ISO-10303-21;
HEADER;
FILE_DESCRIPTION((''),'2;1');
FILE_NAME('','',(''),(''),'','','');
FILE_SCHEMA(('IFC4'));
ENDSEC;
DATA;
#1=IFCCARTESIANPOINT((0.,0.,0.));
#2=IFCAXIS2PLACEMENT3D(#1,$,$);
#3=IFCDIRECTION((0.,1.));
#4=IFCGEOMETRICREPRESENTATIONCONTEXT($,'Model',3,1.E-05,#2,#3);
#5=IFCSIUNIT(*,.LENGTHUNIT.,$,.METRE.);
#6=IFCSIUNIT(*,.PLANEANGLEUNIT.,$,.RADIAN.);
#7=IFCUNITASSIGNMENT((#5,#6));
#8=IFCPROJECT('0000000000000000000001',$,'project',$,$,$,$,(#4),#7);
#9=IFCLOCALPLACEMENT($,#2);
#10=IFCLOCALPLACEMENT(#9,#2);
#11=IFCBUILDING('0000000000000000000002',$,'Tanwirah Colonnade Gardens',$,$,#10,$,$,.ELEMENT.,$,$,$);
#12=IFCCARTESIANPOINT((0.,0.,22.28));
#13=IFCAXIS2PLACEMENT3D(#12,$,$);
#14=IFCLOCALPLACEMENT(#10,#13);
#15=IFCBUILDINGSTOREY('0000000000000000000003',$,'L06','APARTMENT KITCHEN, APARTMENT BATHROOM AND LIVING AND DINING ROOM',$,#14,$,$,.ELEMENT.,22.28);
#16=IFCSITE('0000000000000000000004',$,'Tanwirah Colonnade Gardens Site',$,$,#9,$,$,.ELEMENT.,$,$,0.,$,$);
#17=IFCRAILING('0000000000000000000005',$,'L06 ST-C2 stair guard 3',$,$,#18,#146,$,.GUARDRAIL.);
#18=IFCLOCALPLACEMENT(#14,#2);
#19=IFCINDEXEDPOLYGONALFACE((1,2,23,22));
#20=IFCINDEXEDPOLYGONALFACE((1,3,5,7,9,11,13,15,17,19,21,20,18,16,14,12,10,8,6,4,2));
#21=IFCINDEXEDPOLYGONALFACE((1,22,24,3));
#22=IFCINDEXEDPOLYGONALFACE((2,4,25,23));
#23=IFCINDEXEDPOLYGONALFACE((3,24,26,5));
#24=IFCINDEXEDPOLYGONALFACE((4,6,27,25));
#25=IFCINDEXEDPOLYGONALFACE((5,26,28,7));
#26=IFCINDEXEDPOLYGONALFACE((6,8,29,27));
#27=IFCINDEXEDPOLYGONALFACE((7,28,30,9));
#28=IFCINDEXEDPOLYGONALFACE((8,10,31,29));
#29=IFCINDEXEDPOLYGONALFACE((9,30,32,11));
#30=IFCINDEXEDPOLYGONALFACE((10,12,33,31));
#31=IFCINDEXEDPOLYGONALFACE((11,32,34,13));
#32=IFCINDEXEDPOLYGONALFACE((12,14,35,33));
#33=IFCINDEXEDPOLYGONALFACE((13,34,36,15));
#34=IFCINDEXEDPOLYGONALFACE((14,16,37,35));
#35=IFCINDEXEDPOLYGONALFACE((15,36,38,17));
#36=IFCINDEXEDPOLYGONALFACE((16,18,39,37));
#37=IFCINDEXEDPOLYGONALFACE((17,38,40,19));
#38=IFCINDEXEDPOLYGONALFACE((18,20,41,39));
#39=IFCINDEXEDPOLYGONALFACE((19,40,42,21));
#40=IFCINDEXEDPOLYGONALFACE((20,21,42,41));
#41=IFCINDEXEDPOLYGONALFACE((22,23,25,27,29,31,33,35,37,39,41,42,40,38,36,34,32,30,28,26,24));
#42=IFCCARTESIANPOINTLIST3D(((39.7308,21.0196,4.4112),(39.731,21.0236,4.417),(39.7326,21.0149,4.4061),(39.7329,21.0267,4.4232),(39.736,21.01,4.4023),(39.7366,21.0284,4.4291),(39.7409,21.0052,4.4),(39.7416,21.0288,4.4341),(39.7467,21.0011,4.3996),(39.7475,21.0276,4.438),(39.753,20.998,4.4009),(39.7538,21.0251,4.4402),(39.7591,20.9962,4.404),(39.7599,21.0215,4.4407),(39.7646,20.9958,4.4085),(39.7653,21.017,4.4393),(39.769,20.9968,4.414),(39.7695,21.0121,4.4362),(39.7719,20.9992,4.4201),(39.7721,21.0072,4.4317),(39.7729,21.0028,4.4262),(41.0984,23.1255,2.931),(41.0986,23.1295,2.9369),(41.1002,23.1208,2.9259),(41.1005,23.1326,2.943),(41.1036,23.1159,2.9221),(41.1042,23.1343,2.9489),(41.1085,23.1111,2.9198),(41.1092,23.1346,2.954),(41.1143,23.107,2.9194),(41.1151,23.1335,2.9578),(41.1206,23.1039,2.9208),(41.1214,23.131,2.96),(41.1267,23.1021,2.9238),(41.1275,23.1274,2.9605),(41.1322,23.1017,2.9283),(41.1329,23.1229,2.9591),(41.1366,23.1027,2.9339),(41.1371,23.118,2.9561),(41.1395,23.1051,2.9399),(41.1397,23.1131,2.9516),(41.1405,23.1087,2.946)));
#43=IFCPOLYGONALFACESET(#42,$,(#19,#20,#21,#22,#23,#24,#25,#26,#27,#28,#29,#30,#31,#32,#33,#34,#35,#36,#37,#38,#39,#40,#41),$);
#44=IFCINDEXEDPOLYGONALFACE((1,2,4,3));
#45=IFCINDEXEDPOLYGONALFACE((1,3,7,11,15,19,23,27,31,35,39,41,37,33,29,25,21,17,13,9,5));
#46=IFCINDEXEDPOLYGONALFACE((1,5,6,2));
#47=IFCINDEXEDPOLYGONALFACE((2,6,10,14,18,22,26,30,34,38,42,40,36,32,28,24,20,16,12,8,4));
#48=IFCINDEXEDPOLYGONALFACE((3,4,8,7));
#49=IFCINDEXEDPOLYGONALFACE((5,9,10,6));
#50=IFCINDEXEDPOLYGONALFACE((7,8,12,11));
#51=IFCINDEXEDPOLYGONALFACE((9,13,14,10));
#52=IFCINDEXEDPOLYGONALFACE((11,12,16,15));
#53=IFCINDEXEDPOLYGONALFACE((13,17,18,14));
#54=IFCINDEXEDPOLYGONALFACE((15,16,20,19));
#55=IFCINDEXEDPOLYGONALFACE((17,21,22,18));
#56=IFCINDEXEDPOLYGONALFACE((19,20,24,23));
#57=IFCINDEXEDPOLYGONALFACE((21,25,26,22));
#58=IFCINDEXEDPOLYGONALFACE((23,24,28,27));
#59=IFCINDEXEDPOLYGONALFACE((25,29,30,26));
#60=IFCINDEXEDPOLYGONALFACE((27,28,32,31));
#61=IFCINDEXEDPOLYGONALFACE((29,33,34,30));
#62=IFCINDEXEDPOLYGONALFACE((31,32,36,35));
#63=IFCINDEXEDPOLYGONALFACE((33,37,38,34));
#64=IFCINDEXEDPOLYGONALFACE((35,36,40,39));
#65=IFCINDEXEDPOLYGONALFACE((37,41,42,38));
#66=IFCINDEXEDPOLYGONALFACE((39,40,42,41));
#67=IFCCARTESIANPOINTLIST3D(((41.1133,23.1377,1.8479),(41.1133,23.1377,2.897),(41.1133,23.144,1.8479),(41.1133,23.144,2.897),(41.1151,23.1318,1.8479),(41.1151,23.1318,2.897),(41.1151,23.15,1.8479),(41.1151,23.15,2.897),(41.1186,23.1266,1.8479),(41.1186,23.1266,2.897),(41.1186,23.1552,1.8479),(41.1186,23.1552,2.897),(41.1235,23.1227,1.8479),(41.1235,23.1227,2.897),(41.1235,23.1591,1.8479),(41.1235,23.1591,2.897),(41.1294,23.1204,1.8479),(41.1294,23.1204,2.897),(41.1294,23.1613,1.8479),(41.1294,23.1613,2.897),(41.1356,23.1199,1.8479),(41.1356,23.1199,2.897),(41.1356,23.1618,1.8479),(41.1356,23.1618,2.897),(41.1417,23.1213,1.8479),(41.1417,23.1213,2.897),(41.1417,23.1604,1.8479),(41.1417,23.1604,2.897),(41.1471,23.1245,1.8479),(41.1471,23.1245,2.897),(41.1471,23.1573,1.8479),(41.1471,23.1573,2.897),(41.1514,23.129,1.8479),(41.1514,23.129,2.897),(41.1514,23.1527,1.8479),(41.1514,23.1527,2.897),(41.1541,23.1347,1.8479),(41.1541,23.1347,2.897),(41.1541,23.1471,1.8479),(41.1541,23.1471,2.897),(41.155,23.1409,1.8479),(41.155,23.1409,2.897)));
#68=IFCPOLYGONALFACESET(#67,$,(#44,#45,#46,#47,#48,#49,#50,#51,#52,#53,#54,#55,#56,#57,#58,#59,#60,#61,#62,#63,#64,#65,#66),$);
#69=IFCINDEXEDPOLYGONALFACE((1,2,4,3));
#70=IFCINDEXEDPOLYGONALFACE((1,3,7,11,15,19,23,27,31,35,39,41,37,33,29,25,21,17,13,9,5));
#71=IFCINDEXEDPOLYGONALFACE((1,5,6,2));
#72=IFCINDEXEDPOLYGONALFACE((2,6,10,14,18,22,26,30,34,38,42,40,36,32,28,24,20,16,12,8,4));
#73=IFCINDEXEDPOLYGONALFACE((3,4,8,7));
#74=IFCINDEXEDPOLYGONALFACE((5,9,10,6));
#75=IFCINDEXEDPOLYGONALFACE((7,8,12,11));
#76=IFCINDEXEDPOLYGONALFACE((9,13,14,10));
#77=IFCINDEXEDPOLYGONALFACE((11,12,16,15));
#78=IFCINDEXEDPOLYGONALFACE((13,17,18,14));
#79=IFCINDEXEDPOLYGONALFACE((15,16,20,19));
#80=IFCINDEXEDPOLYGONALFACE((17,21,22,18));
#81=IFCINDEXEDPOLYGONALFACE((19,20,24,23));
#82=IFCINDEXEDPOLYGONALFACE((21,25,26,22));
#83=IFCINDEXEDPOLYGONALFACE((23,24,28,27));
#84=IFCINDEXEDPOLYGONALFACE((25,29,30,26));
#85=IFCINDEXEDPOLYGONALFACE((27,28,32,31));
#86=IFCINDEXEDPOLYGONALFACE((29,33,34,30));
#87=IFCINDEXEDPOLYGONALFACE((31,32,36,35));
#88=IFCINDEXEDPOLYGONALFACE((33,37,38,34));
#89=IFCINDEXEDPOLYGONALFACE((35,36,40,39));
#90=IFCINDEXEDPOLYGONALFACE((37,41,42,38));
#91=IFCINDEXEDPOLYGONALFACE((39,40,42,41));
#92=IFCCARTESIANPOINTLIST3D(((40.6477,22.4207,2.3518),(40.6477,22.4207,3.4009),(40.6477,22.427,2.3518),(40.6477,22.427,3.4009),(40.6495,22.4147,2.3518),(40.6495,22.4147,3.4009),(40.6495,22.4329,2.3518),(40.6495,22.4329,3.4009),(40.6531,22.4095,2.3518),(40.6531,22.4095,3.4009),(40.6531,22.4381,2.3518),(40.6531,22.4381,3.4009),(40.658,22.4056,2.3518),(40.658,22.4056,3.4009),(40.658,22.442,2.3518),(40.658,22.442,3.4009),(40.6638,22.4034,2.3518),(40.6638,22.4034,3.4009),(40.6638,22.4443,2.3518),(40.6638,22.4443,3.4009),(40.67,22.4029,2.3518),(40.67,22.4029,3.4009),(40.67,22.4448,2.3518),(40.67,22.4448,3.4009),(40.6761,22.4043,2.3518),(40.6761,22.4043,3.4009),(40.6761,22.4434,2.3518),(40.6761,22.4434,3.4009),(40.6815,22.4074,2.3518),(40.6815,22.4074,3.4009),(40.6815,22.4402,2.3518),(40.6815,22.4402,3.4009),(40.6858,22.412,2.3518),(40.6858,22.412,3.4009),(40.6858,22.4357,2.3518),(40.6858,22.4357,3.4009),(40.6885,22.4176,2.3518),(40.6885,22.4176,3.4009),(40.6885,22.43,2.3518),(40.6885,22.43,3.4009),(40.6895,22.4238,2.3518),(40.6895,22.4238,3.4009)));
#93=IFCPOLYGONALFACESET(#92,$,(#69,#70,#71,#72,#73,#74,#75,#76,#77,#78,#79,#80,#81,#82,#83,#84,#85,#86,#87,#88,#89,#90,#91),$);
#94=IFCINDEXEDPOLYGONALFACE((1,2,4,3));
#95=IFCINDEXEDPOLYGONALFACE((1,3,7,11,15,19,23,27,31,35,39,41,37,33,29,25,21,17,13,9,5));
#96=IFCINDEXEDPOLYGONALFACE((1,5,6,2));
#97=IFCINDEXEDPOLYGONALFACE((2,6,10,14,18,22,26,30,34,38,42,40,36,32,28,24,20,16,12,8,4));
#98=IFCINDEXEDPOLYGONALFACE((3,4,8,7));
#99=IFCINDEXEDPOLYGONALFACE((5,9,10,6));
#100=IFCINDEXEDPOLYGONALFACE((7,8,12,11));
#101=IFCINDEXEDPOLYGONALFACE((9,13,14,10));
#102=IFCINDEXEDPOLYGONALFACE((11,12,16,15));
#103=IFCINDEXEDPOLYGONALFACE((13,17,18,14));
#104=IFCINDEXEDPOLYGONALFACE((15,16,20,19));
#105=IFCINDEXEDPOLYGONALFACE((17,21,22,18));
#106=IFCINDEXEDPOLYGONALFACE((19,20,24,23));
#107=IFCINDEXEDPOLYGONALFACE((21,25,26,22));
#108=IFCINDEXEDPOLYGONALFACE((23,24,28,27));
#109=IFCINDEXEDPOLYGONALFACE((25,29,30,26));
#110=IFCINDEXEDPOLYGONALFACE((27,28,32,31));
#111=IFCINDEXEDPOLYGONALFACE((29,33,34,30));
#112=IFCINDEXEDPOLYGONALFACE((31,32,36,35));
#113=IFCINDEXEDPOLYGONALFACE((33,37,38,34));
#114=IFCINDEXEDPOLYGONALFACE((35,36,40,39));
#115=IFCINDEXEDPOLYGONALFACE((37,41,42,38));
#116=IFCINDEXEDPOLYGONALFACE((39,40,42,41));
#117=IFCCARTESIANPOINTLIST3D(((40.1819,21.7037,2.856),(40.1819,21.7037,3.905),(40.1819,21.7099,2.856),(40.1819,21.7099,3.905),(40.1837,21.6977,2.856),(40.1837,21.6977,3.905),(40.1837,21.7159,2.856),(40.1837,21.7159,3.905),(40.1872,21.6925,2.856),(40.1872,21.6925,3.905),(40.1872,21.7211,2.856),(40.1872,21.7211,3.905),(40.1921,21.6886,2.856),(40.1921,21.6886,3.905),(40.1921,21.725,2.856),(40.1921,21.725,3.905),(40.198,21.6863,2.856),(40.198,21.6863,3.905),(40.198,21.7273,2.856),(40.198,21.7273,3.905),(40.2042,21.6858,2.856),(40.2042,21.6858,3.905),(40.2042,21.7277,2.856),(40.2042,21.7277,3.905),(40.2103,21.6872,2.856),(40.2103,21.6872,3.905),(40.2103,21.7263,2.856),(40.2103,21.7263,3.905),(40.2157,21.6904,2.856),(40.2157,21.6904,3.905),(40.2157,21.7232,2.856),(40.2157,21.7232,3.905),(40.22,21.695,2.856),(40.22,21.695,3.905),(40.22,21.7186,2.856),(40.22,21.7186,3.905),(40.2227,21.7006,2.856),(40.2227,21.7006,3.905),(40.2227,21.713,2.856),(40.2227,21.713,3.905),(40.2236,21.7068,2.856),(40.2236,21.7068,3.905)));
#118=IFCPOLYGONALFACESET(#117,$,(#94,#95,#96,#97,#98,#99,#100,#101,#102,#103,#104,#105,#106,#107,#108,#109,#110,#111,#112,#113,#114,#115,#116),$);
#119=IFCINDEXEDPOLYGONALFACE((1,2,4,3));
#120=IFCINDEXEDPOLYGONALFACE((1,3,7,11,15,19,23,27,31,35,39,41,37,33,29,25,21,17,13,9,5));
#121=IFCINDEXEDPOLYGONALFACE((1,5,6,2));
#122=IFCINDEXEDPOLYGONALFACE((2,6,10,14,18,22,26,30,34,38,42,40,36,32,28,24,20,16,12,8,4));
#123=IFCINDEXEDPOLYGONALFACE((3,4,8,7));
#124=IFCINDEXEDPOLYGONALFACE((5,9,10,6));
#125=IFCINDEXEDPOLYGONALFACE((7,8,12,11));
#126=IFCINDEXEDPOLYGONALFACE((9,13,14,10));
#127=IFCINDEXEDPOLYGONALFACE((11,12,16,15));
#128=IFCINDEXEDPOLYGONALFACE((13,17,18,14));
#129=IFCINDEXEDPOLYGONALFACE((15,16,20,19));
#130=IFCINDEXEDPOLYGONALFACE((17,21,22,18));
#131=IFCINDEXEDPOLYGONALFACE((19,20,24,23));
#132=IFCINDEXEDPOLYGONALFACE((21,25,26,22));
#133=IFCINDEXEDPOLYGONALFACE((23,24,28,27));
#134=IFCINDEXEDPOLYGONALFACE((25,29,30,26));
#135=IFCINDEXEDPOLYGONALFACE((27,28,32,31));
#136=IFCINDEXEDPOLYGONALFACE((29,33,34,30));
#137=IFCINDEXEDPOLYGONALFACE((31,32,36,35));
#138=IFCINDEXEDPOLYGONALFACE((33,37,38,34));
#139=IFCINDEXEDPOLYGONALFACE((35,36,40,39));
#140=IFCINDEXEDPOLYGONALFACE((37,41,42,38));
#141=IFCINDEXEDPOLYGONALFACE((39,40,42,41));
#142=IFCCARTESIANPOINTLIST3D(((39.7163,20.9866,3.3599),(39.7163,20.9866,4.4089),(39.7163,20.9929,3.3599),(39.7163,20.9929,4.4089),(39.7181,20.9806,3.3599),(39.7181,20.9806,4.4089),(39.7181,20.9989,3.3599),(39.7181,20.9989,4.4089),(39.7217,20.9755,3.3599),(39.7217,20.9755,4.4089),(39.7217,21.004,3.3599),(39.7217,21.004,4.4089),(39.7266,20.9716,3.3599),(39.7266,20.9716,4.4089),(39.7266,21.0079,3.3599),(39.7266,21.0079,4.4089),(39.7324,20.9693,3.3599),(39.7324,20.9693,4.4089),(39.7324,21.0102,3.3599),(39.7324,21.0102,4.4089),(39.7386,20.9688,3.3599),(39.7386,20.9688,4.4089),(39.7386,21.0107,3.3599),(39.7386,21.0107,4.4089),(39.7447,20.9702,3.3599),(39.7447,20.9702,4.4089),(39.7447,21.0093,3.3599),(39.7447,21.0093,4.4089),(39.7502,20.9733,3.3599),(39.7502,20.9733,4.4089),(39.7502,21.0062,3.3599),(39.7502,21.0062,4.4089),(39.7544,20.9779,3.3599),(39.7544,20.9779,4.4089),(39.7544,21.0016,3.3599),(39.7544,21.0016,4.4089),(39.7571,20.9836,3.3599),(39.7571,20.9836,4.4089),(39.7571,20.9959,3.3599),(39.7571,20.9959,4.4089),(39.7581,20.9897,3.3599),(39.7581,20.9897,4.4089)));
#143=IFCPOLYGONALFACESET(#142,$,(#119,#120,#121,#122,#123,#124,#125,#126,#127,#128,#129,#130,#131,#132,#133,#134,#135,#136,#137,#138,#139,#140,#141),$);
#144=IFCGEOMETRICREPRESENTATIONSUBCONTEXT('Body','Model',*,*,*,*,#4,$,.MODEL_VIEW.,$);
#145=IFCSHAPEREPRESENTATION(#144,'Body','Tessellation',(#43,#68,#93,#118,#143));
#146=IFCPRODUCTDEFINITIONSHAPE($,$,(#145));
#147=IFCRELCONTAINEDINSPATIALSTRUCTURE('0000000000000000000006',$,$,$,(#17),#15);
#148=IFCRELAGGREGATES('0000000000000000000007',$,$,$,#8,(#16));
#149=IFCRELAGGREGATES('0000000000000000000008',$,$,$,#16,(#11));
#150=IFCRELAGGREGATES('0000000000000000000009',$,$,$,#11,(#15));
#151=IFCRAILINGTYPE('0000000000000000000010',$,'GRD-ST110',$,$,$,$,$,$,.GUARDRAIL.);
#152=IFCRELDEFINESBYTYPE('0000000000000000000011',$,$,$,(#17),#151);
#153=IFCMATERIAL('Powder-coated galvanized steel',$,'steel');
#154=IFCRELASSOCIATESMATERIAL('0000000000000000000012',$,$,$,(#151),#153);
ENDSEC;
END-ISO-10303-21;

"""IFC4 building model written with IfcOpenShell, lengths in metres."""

from ifc_helpers import new_model, si_unit, direction, frame, origin, origin_2d, place, context, subcontext, project, spatial, circle, extrude, material, type_object, element, save


model = new_model("IFC4")

# Units and contexts
model_context = context("Model", 3, precision=1e-05, world=origin(), true_north=direction((0.0, 1.0)))
body_context = subcontext(model_context, "Body", "Model", "MODEL_VIEW")
ifc_project = project(units=[si_unit("LENGTHUNIT", "METRE"), si_unit("PLANEANGLEUNIT", "RADIAN")], contexts=[model_context])

# Site, building, storey
site_placement = place(None, origin())
site = spatial("IfcSite", under=ifc_project, at=site_placement, Name="Tanwirah Colonnade Gardens Site", CompositionType="ELEMENT", RefElevation=0.0)
building_placement = place(site_placement, origin())
building = spatial("IfcBuilding", under=site, at=building_placement, Name="Tanwirah Colonnade Gardens", CompositionType="ELEMENT")
storey_placement = place(building_placement, frame((0.0, 0.0, 22.28)))
storey = spatial("IfcBuildingStorey", under=building, at=storey_placement, Name="L06", Description="APARTMENT KITCHEN, APARTMENT BATHROOM AND LIVING AND DINING ROOM", CompositionType="ELEMENT", Elevation=22.28)

# Railing
ifc_material_1 = material(Name="Powder-coated galvanized steel", Category="steel")
railing_type_1 = type_object("IfcRailingType", Name="GRD-ST110", PredefinedType="GUARDRAIL", material=ifc_material_1)
railing_1_placement = place(storey_placement, frame((41.134, 23.1409, 1.8479)))
element("IfcRailing", 1, at=railing_1_placement, inside=storey, type_object=railing_type_1, Name="L06 ST-C2 stair guard 3", PredefinedType="GUARDRAIL", context=body_context, shape_type="SweptSolid", body=[
    extrude(circle(Radius=0.0239, at=origin_2d()), frame((-0.0146, -0.0227, 1.092), z_axis=(-0.469193, -0.722484, 0.507814), x_axis=(0.838668, -0.544644, 0.0)), (0.0, 0.0, 1.0), 2.9148),
    extrude(circle(Radius=0.021, at=origin_2d()), origin(), (0.0, 0.0, 1.0), 1.0491),
    extrude(circle(Radius=0.021, at=origin_2d()), frame((-0.4656, -0.717, 0.5039)), (0.0, 0.0, 1.0), 1.0491),
    extrude(circle(Radius=0.021, at=origin_2d()), frame((-0.9314, -1.4341, 1.0081)), (0.0, 0.0, 1.0), 1.0491),
    extrude(circle(Radius=0.021, at=origin_2d()), frame((-1.397, -2.1511, 1.512)), (0.0, 0.0, 1.0), 1.0491),
])

save(model, "model.ifc")
